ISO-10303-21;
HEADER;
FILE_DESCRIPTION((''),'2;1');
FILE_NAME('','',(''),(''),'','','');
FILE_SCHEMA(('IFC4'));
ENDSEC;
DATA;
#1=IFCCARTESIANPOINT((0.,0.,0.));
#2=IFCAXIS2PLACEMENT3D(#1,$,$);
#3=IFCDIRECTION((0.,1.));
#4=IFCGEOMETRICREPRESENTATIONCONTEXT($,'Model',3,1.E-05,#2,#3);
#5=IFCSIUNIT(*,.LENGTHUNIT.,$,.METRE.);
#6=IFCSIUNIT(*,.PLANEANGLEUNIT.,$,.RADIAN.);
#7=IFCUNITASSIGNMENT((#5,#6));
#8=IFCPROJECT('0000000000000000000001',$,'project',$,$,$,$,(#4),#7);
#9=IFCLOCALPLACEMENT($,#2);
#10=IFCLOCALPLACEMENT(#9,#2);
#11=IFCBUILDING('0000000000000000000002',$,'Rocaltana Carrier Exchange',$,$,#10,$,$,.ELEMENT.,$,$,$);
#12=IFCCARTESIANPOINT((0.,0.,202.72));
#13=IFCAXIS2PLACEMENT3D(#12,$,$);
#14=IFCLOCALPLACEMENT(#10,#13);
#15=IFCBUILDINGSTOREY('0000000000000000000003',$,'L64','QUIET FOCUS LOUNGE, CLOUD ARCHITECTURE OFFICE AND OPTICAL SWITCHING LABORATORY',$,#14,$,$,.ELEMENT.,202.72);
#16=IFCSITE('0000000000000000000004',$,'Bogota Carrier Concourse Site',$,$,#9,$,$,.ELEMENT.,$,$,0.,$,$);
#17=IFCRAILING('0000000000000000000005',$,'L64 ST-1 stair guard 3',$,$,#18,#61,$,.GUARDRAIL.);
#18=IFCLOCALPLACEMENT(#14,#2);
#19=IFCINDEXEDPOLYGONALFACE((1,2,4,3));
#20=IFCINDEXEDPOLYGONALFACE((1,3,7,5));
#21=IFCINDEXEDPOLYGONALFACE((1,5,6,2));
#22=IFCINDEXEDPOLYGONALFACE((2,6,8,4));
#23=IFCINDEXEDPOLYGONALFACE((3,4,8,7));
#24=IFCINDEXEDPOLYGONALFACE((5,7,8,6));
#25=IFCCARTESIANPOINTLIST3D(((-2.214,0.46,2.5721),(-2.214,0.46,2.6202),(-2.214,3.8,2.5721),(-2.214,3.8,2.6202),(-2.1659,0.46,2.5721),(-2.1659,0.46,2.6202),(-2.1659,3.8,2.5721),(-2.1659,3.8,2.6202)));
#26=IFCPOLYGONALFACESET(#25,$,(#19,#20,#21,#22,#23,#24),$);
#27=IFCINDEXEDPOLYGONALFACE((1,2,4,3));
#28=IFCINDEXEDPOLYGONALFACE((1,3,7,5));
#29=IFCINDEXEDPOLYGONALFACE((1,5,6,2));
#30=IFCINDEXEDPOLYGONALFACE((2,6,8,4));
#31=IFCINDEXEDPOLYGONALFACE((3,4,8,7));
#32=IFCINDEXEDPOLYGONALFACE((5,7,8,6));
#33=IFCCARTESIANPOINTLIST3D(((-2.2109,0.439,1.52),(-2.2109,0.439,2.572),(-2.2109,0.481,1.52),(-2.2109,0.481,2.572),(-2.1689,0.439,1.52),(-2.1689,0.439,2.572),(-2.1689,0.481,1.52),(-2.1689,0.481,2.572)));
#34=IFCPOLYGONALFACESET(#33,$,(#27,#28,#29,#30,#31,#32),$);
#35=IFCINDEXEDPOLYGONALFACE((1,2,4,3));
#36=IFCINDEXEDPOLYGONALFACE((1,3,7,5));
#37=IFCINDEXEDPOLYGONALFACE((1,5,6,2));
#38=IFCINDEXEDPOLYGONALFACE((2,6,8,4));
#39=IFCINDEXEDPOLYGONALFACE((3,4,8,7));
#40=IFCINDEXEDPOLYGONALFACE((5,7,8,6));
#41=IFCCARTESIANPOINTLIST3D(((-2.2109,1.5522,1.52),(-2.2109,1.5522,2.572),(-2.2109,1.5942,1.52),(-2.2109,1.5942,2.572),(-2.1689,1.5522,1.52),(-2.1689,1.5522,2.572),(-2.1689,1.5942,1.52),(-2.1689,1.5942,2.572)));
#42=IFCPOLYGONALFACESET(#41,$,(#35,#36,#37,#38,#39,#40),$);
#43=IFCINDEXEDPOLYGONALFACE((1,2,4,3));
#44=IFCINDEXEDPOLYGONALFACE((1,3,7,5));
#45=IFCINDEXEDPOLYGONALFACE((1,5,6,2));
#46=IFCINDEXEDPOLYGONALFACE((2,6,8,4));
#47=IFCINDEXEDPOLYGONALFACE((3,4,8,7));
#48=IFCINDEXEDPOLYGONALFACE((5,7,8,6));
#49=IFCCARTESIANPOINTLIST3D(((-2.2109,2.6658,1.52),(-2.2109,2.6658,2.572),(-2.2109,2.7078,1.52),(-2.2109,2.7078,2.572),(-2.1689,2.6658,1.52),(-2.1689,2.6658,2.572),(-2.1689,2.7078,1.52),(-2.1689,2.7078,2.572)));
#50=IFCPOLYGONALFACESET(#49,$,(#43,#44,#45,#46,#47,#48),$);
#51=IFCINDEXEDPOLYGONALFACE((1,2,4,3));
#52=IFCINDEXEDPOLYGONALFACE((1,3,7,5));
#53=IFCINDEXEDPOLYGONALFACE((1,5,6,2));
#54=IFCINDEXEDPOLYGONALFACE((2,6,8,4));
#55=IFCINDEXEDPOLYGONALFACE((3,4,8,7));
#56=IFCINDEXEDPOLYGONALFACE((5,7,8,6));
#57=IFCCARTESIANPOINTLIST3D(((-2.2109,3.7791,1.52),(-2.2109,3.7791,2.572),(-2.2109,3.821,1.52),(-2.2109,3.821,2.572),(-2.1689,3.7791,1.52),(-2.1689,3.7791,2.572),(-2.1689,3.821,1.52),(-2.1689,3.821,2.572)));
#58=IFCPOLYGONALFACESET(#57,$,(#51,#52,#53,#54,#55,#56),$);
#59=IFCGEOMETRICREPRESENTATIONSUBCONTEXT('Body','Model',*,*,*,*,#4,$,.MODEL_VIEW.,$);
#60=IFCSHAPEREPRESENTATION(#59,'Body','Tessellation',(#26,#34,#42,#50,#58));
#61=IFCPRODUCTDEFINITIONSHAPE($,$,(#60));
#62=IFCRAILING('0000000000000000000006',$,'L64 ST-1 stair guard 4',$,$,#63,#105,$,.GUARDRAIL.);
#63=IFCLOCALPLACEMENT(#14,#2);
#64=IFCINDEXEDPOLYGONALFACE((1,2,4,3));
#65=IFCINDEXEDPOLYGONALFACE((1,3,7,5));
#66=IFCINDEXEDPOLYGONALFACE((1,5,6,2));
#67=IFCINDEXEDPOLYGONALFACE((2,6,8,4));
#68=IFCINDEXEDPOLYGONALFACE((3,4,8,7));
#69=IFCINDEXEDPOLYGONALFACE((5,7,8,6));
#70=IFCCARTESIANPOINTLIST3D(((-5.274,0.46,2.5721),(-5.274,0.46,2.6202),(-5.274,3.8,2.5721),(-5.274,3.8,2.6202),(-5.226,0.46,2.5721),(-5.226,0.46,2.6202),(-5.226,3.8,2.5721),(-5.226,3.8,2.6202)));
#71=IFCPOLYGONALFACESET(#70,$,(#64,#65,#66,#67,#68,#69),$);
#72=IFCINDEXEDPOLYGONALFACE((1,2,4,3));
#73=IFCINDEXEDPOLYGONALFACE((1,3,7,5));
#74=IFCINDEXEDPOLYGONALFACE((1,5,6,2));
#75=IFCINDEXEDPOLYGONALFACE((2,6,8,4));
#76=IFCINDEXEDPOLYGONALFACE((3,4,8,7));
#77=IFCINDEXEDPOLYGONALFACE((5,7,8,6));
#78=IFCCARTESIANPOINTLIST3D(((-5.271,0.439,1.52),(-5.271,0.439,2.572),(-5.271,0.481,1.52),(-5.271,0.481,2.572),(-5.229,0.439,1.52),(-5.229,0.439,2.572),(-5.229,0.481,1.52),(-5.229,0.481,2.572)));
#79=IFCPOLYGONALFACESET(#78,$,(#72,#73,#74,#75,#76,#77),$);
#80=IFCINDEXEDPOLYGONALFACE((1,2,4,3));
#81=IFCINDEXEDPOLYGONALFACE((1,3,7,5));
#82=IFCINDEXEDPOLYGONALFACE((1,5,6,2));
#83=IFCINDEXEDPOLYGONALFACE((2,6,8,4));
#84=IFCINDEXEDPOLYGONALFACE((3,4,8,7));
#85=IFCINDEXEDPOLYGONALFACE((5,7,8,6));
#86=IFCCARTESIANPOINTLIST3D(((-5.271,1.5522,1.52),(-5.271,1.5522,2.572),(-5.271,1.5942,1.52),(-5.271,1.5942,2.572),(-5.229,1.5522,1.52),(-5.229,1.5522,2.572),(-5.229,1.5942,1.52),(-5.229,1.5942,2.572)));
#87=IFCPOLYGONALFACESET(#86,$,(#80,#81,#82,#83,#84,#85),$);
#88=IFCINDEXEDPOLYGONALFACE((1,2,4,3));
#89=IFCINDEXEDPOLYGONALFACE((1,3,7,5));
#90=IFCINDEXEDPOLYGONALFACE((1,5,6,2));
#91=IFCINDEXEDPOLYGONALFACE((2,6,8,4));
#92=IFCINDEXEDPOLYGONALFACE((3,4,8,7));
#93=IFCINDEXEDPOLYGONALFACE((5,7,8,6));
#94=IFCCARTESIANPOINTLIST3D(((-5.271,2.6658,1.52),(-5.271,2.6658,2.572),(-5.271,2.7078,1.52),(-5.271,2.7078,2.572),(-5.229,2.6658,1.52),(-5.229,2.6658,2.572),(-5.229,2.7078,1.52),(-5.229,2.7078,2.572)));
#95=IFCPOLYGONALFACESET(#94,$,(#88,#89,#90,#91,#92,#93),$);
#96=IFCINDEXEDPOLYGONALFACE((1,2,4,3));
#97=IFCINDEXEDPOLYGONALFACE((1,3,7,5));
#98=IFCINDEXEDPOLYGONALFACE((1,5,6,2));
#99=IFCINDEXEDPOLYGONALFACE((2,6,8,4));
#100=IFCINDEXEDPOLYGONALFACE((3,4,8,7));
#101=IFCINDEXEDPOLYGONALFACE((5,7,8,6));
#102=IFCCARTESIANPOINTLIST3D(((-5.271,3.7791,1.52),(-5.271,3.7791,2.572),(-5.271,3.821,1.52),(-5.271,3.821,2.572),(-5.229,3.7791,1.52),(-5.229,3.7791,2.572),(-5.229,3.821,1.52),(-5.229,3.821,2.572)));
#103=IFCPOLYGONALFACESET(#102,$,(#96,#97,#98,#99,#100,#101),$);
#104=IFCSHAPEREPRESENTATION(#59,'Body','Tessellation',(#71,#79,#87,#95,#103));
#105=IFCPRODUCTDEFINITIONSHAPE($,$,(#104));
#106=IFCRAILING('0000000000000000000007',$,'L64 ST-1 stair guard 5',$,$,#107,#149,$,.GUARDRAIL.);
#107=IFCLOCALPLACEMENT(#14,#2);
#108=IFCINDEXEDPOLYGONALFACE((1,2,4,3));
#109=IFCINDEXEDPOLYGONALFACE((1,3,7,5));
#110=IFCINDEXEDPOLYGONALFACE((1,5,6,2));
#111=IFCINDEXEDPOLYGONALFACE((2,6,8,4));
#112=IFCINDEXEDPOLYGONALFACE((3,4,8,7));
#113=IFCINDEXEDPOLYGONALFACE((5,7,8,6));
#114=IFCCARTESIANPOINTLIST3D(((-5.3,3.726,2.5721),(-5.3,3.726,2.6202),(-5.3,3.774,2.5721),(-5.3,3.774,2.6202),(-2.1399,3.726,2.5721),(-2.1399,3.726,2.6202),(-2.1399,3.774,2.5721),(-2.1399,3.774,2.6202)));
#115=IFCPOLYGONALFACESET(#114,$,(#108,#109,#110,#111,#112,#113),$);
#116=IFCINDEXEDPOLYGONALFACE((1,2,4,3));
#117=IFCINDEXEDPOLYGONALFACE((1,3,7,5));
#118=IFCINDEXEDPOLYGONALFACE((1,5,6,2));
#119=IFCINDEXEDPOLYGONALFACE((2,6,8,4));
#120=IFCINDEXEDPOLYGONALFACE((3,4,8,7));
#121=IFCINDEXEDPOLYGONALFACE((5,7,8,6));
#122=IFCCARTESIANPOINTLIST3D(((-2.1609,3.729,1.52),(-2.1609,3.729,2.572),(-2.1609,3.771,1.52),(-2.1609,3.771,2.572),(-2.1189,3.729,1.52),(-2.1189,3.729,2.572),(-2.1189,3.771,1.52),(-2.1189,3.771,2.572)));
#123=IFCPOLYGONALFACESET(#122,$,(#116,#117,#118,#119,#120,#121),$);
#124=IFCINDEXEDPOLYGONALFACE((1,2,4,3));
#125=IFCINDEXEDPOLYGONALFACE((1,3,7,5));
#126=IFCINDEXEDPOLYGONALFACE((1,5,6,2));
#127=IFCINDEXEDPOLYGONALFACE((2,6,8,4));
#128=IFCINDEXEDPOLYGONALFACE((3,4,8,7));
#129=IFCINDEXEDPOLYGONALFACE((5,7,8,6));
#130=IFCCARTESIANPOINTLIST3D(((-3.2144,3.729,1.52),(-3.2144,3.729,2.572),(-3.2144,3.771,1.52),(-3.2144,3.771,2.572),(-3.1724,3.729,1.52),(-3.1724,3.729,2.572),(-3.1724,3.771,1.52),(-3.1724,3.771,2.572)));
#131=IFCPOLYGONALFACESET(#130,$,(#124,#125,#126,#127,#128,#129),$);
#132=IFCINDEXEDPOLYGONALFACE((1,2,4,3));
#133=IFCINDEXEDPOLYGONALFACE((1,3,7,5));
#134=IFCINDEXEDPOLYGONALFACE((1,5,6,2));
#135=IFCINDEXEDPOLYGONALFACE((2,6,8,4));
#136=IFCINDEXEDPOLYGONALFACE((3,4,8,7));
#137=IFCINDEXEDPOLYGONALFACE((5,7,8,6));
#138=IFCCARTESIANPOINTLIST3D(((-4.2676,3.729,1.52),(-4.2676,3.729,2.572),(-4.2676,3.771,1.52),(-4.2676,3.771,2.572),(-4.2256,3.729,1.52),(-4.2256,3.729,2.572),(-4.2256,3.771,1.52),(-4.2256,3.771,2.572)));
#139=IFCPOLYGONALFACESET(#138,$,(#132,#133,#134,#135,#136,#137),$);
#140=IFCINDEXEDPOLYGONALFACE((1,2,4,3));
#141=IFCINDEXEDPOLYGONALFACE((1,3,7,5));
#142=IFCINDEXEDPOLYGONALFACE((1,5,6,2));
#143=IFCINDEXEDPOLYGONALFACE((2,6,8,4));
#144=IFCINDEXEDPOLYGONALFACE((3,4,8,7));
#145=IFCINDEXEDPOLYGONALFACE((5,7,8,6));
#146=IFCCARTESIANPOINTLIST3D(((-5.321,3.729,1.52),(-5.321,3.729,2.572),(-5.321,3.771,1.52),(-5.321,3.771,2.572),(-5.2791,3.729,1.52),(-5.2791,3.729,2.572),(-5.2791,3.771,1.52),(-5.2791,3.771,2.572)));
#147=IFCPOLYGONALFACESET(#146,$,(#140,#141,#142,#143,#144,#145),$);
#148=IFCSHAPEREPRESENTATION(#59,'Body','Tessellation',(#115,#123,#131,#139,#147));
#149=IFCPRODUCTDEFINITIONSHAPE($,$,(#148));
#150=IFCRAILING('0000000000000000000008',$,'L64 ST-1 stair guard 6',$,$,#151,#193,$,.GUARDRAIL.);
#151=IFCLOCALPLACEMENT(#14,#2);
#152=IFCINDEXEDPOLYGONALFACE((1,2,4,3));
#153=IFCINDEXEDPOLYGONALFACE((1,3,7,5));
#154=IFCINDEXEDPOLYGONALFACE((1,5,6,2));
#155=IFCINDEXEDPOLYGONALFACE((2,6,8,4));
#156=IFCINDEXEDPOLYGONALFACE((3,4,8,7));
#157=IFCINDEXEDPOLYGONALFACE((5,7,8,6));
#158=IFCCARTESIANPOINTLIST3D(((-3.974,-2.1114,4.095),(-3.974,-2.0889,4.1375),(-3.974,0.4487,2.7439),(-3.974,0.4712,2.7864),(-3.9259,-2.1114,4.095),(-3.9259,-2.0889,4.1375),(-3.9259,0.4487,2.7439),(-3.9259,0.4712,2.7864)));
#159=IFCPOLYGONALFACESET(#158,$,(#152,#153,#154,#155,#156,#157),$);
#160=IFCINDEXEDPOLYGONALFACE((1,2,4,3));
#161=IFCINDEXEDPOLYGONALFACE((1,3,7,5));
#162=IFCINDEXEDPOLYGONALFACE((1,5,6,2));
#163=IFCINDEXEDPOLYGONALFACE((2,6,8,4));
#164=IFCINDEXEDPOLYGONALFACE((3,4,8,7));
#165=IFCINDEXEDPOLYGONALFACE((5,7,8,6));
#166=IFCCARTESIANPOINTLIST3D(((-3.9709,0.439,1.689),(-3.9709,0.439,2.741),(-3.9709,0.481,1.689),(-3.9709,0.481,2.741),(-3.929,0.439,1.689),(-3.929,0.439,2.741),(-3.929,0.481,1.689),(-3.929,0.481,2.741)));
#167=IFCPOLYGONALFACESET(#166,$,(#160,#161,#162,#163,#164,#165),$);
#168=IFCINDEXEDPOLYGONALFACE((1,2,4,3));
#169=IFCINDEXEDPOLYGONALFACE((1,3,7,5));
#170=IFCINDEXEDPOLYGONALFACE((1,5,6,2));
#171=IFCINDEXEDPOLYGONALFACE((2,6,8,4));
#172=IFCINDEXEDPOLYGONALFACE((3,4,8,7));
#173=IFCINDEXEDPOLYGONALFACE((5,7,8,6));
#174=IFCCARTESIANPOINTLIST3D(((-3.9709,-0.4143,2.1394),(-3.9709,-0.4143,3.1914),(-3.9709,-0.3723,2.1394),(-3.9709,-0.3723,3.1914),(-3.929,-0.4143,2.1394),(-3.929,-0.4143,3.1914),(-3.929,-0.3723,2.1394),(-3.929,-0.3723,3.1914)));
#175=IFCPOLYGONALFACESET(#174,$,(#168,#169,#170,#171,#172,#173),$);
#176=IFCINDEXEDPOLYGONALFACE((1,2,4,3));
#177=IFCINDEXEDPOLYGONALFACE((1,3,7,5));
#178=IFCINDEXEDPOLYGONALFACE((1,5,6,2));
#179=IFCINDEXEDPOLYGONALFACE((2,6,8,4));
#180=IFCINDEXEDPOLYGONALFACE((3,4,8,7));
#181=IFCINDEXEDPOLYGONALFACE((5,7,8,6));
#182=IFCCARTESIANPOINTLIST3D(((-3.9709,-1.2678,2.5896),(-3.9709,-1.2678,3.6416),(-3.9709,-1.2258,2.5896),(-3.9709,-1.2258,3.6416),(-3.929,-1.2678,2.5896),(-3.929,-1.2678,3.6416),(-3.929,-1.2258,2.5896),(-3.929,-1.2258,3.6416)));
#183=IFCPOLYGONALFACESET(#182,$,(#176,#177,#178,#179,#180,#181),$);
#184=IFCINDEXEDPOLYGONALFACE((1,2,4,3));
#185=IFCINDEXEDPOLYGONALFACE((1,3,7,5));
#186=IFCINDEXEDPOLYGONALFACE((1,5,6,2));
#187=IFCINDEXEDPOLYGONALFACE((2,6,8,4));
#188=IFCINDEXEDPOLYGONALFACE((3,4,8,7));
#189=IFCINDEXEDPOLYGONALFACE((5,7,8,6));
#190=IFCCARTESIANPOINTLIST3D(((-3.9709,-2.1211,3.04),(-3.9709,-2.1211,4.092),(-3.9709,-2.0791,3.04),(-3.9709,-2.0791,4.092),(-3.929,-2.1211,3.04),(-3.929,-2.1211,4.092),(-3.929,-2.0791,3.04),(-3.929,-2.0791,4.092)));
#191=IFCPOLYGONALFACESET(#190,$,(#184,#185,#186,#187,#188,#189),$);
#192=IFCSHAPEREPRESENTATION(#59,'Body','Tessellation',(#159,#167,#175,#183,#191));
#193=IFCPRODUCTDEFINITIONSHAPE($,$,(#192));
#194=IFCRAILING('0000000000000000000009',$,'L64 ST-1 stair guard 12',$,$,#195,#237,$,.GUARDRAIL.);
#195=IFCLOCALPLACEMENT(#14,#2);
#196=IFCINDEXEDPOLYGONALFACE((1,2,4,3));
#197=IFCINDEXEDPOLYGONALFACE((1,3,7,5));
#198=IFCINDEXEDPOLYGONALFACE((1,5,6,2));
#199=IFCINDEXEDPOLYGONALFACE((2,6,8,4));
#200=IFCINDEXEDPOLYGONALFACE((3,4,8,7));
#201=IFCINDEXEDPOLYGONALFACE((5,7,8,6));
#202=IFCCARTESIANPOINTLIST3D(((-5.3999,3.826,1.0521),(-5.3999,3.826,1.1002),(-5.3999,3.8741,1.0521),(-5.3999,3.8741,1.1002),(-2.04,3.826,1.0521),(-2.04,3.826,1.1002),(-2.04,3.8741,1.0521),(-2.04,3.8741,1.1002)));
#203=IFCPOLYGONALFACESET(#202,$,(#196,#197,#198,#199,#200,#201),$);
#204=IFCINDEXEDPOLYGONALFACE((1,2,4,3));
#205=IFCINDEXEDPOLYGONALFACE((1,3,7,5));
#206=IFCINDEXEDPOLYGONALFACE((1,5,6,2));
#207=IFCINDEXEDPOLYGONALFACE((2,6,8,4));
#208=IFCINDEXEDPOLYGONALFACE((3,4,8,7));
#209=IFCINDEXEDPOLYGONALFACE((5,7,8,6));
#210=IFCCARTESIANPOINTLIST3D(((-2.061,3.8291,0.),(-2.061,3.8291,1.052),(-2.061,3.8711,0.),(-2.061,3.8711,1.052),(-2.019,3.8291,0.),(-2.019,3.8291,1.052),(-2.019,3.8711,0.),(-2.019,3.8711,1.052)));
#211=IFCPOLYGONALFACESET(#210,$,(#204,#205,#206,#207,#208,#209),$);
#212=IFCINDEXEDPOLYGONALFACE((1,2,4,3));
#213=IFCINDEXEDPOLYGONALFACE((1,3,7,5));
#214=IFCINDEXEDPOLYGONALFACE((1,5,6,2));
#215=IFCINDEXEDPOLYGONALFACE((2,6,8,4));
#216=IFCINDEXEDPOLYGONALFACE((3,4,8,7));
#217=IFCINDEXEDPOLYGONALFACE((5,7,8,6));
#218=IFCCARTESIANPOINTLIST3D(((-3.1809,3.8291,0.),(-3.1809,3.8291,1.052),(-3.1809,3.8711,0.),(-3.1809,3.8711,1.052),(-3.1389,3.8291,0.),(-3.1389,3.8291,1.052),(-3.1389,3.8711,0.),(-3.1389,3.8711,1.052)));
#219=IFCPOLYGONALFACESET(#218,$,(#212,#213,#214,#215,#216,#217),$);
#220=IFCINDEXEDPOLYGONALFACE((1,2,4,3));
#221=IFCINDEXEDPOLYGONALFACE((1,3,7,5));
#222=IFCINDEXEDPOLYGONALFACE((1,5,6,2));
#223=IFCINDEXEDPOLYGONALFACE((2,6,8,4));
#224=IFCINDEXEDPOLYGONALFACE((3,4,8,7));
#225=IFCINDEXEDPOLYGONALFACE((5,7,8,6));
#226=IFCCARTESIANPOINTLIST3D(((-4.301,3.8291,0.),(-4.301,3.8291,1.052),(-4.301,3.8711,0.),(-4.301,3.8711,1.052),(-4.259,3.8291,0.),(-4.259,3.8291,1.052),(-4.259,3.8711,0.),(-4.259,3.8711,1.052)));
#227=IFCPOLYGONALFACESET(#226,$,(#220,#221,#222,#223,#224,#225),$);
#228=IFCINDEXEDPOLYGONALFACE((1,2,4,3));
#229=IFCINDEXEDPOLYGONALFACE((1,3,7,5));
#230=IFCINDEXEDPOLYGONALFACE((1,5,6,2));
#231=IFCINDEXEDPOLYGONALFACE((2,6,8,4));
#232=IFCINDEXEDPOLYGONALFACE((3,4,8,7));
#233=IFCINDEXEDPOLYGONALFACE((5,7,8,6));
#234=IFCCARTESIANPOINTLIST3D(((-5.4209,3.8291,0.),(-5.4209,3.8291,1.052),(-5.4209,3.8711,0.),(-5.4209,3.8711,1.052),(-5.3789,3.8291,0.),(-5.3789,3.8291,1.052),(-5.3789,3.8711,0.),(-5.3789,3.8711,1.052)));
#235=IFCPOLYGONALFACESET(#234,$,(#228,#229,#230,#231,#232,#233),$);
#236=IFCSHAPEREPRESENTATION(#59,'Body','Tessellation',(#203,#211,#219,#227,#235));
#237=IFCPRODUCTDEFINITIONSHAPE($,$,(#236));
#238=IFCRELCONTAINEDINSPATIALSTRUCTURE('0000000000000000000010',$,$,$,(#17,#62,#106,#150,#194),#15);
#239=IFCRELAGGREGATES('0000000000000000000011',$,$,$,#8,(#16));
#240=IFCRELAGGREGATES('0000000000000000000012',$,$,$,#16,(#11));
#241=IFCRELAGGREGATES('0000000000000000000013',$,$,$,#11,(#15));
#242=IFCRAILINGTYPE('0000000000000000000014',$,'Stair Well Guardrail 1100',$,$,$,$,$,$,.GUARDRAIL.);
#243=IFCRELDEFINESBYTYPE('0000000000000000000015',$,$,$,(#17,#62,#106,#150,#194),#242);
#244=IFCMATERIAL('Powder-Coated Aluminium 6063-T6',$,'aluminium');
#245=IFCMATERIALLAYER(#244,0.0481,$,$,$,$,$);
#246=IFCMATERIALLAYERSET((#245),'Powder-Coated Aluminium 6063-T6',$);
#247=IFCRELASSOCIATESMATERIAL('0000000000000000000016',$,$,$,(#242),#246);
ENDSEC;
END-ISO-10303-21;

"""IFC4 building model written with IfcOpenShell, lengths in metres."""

from ifc_helpers import new_model, si_unit, direction, frame, origin, origin_2d, place, context, subcontext, project, spatial, rectangle, extrude, material, layer, layer_set, type_object, element, save


model = new_model("IFC4")

# Units and contexts
model_context = context("Model", 3, precision=1e-05, world=origin(), true_north=direction((0.0, 1.0)))
body_context = subcontext(model_context, "Body", "Model", "MODEL_VIEW")
ifc_project = project(units=[si_unit("LENGTHUNIT", "METRE"), si_unit("PLANEANGLEUNIT", "RADIAN")], contexts=[model_context])

# Site, building, storey
site_placement = place(None, origin())
site = spatial("IfcSite", under=ifc_project, at=site_placement, Name="Bogota Carrier Concourse Site", CompositionType="ELEMENT", RefElevation=0.0)
building_placement = place(site_placement, origin())
building = spatial("IfcBuilding", under=site, at=building_placement, Name="Rocaltana Carrier Exchange", CompositionType="ELEMENT")
storey_placement = place(building_placement, frame((0.0, 0.0, 202.72)))
storey = spatial("IfcBuildingStorey", under=building, at=storey_placement, Name="L64", Description="QUIET FOCUS LOUNGE, CLOUD ARCHITECTURE OFFICE AND OPTICAL SWITCHING LABORATORY", CompositionType="ELEMENT", Elevation=202.72)

# Railings
ifc_material_1 = material(Name="Powder-Coated Aluminium 6063-T6", Category="aluminium")
ifc_layer_1 = layer(ifc_material_1, 0.0481)
ifc_layer_set_1 = layer_set([ifc_layer_1], Name="Powder-Coated Aluminium 6063-T6")
railing_type_1 = type_object("IfcRailingType", Name="Stair Well Guardrail 1100", PredefinedType="GUARDRAIL", material=ifc_layer_set_1)
for number, where, name in (
    (1, (-2.1899, 0.46, 1.52), "L64 ST-1 stair guard 3"),
    (2, (-5.25, 0.46, 1.52), "L64 ST-1 stair guard 4"),
):
    element("IfcRailing", number, at=place(storey_placement, frame(where)), inside=storey, type_object=railing_type_1, Name=name, PredefinedType="GUARDRAIL", context=body_context, shape_type="SweptSolid", body=[
        extrude(rectangle(XDim=0.0481, YDim=0.0481, at=origin_2d()), frame((0.0, 0.0, 1.0762), z_axis=(0.0, 1.0, 0.0), x_axis=(-1.0, 0.0, 0.0)), (0.0, 0.0, 1.0), 3.3401),
        extrude(rectangle(XDim=0.042, YDim=0.042, at=origin_2d()), origin(), (0.0, 0.0, 1.0), 1.052),
        extrude(rectangle(XDim=0.042, YDim=0.042, at=origin_2d()), frame((0.0, 1.1133, 0.0)), (0.0, 0.0, 1.0), 1.052),
        extrude(rectangle(XDim=0.042, YDim=0.042, at=origin_2d()), frame((0.0, 2.2268, 0.0)), (0.0, 0.0, 1.0), 1.052),
        extrude(rectangle(XDim=0.042, YDim=0.042, at=origin_2d()), frame((0.0, 3.3401, 0.0)), (0.0, 0.0, 1.0), 1.052),
    ])
railing_1_placement = place(storey_placement, frame((-2.1399, 3.75, 1.52)))
element("IfcRailing", 3, at=railing_1_placement, inside=storey, type_object=railing_type_1, Name="L64 ST-1 stair guard 5", PredefinedType="GUARDRAIL", context=body_context, shape_type="SweptSolid", body=[
    extrude(rectangle(XDim=0.0481, YDim=0.0481, at=origin_2d()), frame((0.0, 0.0, 1.0762), z_axis=(-1.0, 0.0, 0.0), x_axis=(0.0, -1.0, 0.0)), (0.0, 0.0, 1.0), 3.1602),
    extrude(rectangle(XDim=0.042, YDim=0.042, at=origin_2d()), origin(), (0.0, 0.0, 1.0), 1.052),
    extrude(rectangle(XDim=0.042, YDim=0.042, at=origin_2d()), frame((-1.0535, 0.0, 0.0)), (0.0, 0.0, 1.0), 1.052),
    extrude(rectangle(XDim=0.042, YDim=0.042, at=origin_2d()), frame((-2.1067, 0.0, 0.0)), (0.0, 0.0, 1.0), 1.052),
    extrude(rectangle(XDim=0.042, YDim=0.042, at=origin_2d()), frame((-3.1602, 0.0, 0.0)), (0.0, 0.0, 1.0), 1.052),
])
railing_2_placement = place(storey_placement, frame((-3.95, 0.46, 1.689)))
element("IfcRailing", 4, at=railing_2_placement, inside=storey, type_object=railing_type_1, Name="L64 ST-1 stair guard 6", PredefinedType="GUARDRAIL", context=body_context, shape_type="SweptSolid", body=[
    extrude(rectangle(XDim=0.0481, YDim=0.0481, at=origin_2d()), frame((0.0, 0.0, 1.0762), z_axis=(0.0, -0.884394, 0.46674), x_axis=(1.0, 0.0, 0.0)), (0.0, 0.0, 1.0), 2.8948),
    extrude(rectangle(XDim=0.042, YDim=0.042, at=origin_2d()), origin(), (0.0, 0.0, 1.0), 1.052),
    extrude(rectangle(XDim=0.042, YDim=0.042, at=origin_2d()), frame((0.0, -0.8533, 0.4504)), (0.0, 0.0, 1.0), 1.052),
    extrude(rectangle(XDim=0.042, YDim=0.042, at=origin_2d()), frame((0.0, -1.7068, 0.9006)), (0.0, 0.0, 1.0), 1.052),
    extrude(rectangle(XDim=0.042, YDim=0.042, at=origin_2d()), frame((0.0, -2.5601, 1.3511)), (0.0, 0.0, 1.0), 1.052),
])
railing_3_placement = place(storey_placement, frame((-2.04, 3.8501, 0.0)))
element("IfcRailing", 5, at=railing_3_placement, inside=storey, type_object=railing_type_1, Name="L64 ST-1 stair guard 12", PredefinedType="GUARDRAIL", context=body_context, shape_type="SweptSolid", body=[
    extrude(rectangle(XDim=0.0481, YDim=0.0481, at=origin_2d()), frame((0.0, 0.0, 1.0762), z_axis=(-1.0, 0.0, 0.0), x_axis=(0.0, -1.0, 0.0)), (0.0, 0.0, 1.0), 3.3599),
    extrude(rectangle(XDim=0.042, YDim=0.042, at=origin_2d()), origin(), (0.0, 0.0, 1.0), 1.052),
    extrude(rectangle(XDim=0.042, YDim=0.042, at=origin_2d()), frame((-1.1199, 0.0, 0.0)), (0.0, 0.0, 1.0), 1.052),
    extrude(rectangle(XDim=0.042, YDim=0.042, at=origin_2d()), frame((-2.24, 0.0, 0.0)), (0.0, 0.0, 1.0), 1.052),
    extrude(rectangle(XDim=0.042, YDim=0.042, at=origin_2d()), frame((-3.3599, 0.0, 0.0)), (0.0, 0.0, 1.0), 1.052),
])

save(model, "model.ifc")
